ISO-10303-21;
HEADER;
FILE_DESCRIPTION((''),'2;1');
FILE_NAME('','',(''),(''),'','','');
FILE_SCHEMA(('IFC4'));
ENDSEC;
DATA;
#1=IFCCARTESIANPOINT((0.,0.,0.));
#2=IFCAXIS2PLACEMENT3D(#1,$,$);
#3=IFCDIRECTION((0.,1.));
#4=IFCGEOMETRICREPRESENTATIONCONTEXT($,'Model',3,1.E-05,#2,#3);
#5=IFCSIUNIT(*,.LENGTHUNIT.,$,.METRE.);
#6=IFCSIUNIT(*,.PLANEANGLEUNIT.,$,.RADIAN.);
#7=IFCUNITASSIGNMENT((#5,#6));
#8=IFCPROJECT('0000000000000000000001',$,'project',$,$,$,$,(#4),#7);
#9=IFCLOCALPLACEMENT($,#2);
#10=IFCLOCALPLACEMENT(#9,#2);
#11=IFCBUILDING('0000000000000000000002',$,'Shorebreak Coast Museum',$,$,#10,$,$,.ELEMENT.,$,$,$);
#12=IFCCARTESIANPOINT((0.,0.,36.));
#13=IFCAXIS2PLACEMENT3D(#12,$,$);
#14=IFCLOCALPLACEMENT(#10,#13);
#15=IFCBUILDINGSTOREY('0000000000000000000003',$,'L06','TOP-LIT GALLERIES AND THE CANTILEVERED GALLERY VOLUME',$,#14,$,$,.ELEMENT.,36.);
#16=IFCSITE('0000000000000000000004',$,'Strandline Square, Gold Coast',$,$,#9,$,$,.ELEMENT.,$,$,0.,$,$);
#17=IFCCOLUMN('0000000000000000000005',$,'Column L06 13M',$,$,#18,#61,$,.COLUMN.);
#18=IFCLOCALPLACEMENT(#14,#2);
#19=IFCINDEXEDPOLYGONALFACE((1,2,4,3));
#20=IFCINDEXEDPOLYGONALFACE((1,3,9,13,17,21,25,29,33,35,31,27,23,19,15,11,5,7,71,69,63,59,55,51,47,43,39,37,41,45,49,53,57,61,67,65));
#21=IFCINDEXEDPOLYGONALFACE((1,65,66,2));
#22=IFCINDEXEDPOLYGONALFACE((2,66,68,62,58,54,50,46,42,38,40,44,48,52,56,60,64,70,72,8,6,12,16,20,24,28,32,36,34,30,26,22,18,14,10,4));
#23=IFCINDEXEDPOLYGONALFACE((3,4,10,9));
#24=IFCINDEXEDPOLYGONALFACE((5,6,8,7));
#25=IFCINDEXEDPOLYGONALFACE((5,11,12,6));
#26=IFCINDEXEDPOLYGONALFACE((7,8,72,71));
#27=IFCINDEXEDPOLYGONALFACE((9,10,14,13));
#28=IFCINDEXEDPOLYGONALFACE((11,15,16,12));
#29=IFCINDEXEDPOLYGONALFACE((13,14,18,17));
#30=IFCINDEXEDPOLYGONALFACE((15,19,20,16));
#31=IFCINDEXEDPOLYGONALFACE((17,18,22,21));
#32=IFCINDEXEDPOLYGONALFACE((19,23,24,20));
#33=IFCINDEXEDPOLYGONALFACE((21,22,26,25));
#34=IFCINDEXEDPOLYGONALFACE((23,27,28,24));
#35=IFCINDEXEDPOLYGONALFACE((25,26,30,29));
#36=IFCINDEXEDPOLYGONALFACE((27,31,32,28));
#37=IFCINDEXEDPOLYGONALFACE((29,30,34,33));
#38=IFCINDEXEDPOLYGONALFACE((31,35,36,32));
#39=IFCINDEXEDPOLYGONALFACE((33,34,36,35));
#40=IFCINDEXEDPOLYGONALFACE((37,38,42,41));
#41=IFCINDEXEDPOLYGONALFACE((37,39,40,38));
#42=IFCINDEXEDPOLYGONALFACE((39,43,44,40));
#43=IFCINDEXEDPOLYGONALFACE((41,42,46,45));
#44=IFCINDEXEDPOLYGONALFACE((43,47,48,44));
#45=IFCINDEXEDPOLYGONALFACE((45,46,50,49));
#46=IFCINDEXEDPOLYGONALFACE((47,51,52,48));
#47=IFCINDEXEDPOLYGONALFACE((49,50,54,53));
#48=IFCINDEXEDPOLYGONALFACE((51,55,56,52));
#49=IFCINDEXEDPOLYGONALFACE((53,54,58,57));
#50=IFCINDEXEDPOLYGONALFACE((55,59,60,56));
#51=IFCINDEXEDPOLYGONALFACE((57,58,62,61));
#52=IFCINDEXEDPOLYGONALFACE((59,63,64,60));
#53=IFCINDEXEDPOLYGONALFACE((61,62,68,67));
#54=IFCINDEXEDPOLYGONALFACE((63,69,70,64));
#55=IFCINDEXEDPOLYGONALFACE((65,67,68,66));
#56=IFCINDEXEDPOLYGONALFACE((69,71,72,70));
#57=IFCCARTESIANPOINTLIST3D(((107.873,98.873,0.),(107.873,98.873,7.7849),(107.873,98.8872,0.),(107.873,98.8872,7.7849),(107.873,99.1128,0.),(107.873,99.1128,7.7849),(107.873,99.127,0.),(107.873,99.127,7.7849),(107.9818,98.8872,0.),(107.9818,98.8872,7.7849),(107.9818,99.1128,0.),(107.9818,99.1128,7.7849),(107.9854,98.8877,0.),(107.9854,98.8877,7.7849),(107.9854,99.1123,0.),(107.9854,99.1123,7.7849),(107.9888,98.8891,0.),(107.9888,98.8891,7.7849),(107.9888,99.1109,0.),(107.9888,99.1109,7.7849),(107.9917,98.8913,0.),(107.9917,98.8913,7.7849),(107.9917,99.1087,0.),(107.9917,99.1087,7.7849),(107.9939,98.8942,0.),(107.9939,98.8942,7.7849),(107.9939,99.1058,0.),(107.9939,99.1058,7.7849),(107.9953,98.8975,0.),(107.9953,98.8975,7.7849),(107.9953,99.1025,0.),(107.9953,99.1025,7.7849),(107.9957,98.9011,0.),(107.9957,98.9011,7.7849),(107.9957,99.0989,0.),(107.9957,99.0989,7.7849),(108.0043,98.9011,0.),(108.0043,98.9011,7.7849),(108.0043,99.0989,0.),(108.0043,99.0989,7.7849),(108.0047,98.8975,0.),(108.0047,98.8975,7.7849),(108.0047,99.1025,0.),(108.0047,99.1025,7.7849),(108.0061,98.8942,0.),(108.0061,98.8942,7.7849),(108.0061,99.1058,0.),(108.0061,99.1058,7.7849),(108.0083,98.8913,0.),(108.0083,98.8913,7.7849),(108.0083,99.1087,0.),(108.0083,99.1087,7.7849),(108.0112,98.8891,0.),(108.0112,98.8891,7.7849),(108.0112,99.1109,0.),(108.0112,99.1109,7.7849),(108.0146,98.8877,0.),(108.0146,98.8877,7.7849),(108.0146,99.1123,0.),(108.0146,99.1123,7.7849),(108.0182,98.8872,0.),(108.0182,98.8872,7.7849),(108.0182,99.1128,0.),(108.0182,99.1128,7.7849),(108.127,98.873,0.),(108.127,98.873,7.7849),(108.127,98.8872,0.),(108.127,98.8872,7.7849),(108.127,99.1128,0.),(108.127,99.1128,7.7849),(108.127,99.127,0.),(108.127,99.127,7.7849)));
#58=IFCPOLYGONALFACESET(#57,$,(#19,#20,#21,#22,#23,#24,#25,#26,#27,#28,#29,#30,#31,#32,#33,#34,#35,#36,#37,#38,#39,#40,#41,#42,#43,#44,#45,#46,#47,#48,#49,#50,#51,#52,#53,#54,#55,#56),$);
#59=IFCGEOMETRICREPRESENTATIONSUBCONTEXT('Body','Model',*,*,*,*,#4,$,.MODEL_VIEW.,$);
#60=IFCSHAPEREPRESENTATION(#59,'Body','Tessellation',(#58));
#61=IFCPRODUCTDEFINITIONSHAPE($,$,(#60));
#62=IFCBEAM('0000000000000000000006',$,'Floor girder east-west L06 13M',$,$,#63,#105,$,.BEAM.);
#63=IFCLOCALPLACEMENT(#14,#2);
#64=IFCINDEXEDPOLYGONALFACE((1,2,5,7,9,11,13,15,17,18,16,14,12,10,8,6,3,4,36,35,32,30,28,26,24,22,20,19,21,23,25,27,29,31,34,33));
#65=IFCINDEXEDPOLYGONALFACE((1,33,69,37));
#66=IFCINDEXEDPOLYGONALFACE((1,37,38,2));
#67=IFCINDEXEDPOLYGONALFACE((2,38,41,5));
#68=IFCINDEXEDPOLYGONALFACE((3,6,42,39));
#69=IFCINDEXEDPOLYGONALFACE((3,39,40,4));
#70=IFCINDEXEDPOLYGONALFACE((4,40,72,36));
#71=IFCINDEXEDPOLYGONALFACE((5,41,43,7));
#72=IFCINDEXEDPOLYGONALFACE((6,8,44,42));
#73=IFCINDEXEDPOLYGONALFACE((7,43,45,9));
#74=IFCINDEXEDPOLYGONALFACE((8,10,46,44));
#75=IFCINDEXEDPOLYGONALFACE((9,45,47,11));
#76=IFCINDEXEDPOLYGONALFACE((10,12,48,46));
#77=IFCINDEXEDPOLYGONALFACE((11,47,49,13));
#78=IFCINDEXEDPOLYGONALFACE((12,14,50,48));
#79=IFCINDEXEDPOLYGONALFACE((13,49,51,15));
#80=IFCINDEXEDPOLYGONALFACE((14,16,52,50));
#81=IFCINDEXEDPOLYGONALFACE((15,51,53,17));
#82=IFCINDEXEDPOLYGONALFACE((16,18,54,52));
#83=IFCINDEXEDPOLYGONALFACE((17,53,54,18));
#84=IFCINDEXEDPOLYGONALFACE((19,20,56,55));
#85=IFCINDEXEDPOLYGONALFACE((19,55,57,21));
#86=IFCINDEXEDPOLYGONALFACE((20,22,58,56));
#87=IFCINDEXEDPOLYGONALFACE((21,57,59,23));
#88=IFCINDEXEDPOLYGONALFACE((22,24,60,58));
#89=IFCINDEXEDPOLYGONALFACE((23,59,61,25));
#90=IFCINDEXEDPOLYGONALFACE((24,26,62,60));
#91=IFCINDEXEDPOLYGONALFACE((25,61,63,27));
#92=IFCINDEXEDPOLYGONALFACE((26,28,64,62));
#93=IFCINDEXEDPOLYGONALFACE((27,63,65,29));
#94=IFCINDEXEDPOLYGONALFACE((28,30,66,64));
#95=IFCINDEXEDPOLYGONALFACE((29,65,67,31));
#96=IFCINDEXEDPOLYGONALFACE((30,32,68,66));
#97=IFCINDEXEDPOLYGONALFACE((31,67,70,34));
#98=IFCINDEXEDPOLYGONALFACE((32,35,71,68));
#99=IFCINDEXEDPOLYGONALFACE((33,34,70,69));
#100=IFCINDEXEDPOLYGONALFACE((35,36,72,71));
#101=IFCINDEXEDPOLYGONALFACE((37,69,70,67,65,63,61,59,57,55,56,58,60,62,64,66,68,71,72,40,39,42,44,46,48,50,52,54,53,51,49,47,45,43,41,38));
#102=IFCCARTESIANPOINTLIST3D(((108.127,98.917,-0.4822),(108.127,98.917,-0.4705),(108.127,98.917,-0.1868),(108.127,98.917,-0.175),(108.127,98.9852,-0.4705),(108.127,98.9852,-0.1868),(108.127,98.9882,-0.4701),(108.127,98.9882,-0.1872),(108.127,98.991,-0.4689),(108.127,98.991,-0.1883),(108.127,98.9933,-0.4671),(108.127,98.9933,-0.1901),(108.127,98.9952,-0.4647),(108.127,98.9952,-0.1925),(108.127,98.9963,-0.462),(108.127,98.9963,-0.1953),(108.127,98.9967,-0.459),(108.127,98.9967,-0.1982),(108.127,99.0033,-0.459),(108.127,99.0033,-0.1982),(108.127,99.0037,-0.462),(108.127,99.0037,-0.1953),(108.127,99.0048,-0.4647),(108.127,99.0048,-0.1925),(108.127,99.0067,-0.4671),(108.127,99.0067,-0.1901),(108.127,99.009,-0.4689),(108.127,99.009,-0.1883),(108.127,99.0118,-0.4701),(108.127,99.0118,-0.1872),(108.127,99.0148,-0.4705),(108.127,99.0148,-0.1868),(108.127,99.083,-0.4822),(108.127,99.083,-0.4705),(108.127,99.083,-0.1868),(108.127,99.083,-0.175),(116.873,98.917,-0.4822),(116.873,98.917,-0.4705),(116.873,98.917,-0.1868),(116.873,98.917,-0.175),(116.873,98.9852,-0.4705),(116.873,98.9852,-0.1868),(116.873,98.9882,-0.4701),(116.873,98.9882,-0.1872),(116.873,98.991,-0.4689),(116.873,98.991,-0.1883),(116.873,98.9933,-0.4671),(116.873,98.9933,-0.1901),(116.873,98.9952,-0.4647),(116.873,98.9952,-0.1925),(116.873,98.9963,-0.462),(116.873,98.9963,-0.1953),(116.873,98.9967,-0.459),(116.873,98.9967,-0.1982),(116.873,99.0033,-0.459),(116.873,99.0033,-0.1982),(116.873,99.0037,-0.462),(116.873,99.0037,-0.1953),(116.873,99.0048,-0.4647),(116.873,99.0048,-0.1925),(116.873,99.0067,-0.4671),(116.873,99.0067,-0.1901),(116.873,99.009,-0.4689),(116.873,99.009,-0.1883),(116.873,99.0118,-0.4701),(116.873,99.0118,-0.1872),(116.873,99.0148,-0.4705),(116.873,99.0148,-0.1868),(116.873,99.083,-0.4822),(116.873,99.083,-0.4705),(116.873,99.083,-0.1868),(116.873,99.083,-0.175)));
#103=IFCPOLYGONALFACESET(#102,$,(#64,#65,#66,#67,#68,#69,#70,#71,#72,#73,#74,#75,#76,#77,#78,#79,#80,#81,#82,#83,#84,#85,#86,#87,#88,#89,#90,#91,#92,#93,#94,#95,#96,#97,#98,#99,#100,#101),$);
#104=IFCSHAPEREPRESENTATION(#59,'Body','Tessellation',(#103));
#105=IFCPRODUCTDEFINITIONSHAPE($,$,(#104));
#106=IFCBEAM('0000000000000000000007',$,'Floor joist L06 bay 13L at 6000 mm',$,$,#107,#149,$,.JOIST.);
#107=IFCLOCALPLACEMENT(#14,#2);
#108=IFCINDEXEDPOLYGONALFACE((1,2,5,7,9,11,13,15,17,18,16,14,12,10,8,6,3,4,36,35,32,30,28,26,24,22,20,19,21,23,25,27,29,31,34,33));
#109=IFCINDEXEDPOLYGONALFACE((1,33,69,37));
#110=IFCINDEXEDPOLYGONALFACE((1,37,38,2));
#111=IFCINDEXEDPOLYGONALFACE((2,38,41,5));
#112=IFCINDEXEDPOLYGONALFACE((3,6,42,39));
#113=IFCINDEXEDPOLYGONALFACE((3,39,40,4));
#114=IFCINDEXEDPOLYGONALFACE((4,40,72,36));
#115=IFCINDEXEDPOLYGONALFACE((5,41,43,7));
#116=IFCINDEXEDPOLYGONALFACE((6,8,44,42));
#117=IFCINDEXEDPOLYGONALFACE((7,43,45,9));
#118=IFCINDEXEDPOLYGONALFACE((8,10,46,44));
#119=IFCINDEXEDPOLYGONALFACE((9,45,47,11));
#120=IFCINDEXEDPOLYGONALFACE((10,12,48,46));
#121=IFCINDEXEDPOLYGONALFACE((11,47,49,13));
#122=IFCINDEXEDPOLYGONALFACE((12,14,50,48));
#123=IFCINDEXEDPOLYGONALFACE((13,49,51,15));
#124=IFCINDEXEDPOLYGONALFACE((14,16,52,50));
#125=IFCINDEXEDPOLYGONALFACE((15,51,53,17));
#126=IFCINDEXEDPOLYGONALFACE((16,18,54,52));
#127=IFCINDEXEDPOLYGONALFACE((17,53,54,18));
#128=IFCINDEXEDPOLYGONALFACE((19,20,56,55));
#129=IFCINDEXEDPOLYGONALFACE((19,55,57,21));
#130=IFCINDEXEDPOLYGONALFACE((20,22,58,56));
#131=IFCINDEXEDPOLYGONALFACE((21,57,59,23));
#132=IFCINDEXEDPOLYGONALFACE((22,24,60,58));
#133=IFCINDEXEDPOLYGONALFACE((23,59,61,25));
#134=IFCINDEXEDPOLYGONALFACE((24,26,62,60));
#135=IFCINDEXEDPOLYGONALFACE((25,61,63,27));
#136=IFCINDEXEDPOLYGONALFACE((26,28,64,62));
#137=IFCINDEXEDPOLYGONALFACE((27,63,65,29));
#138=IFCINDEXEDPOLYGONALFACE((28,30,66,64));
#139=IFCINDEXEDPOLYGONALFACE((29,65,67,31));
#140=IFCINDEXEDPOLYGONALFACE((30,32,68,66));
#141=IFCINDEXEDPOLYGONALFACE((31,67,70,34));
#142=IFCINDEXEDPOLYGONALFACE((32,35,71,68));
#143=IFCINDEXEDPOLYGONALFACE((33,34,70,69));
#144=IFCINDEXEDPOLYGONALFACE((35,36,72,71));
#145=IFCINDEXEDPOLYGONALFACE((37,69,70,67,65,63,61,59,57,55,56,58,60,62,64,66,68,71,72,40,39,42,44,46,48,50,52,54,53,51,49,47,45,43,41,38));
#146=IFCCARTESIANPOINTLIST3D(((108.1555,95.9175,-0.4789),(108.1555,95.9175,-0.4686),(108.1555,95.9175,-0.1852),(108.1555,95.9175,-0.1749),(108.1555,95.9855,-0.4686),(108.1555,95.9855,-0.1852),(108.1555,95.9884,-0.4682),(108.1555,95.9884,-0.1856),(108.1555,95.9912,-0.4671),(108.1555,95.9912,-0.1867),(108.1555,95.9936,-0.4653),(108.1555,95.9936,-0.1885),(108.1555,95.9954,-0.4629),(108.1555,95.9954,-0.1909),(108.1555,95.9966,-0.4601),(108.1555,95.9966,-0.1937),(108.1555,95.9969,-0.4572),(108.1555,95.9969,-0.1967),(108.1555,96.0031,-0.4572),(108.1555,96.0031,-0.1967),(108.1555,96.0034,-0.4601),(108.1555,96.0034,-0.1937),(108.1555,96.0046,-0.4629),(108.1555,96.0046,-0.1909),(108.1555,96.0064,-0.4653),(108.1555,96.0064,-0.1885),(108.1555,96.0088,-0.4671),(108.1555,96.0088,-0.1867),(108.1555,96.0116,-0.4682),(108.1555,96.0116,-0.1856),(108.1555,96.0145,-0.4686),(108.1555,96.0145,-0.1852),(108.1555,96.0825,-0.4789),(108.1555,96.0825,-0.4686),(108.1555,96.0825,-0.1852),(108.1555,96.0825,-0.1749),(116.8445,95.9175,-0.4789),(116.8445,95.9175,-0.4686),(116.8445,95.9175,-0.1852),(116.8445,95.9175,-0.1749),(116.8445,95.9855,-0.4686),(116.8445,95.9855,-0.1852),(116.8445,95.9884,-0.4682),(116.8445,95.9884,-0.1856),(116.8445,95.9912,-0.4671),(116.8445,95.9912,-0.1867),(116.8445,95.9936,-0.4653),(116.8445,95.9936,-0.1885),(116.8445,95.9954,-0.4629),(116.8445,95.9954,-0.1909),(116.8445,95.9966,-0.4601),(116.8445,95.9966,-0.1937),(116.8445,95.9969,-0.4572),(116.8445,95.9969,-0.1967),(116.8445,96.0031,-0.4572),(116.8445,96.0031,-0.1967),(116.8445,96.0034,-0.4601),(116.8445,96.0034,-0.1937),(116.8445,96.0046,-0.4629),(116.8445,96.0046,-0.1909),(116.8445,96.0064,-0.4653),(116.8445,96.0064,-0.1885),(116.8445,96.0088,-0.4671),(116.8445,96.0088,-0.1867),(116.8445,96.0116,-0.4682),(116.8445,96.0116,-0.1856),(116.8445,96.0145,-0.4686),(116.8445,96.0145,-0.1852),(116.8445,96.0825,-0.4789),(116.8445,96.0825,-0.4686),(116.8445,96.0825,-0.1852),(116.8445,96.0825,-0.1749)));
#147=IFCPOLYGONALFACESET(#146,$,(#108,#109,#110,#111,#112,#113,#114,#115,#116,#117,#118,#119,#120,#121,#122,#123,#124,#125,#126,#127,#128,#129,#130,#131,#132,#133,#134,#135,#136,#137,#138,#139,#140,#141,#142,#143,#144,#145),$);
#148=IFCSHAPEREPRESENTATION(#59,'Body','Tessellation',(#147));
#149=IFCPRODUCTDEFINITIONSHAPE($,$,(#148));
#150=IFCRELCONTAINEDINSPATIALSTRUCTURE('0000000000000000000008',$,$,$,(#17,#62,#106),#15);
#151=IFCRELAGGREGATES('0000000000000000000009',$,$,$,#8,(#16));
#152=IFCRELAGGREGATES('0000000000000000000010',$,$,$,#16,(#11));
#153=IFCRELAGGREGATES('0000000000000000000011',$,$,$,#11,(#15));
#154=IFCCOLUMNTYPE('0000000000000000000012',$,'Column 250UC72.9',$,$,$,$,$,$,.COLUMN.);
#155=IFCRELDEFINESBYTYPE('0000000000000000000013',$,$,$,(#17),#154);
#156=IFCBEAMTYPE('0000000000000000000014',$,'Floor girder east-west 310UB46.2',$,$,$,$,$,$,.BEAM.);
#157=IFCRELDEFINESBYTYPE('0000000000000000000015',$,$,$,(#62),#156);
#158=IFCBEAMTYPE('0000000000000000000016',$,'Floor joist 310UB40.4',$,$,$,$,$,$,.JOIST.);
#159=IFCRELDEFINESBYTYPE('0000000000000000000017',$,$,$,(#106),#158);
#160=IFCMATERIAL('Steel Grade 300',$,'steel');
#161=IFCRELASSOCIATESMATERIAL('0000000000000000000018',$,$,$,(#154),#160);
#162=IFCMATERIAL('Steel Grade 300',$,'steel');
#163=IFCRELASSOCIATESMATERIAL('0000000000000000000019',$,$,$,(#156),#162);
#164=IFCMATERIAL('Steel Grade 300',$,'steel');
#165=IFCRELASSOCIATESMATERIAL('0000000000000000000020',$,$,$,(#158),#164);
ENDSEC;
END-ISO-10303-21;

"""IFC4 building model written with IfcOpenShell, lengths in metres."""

from ifc_helpers import new_model, si_unit, direction, frame, origin, origin_2d, place, context, subcontext, project, spatial, i_section, extrude, material, material_profile, profile_set, type_object, element, save


model = new_model("IFC4")

# Units and contexts
model_context = context("Model", 3, precision=1e-05, world=origin(), true_north=direction((0.0, 1.0)))
body_context = subcontext(model_context, "Body", "Model", "MODEL_VIEW")
ifc_project = project(units=[si_unit("LENGTHUNIT", "METRE"), si_unit("PLANEANGLEUNIT", "RADIAN")], contexts=[model_context])

# Site, building, storey
site_placement = place(None, origin())
site = spatial("IfcSite", under=ifc_project, at=site_placement, Name="Strandline Square, Gold Coast", CompositionType="ELEMENT", RefElevation=0.0)
building_placement = place(site_placement, origin())
building = spatial("IfcBuilding", under=site, at=building_placement, Name="Shorebreak Coast Museum", CompositionType="ELEMENT")
storey_placement = place(building_placement, frame((0.0, 0.0, 36.0)))
storey = spatial("IfcBuildingStorey", under=building, at=storey_placement, Name="L06", Description="TOP-LIT GALLERIES AND THE CANTILEVERED GALLERY VOLUME", CompositionType="ELEMENT", Elevation=36.0)

# Column
ifc_material_1 = material(Name="Steel Grade 300", Category="steel")
ifc_material_profile_1 = material_profile(ifc_material_1, i_section(OverallWidth=0.2539, OverallDepth=0.2539, WebThickness=0.0085, FlangeThickness=0.0142, FilletRadius=0.0139, at=origin_2d()), Name="250UC72.9")
ifc_profile_set_1 = profile_set([ifc_material_profile_1], Name="Steel Grade 300")
column_type = type_object("IfcColumnType", Name="Column 250UC72.9", PredefinedType="COLUMN", material=ifc_profile_set_1)
column_placement = place(storey_placement, frame((108.0, 99.0, 0.0), z_axis=(0.0, 0.0, 1.0), x_axis=(1.0, 0.0, 0.0)))
element("IfcColumn", 1, at=column_placement, inside=storey, type_object=column_type, Name="Column L06 13M", PredefinedType="COLUMN", context=body_context, shape_type="SweptSolid", body=[
    extrude(i_section(OverallWidth=0.2539, OverallDepth=0.2539, WebThickness=0.0085, FlangeThickness=0.0142, FilletRadius=0.0139, at=origin_2d()), origin(), (0.0, 0.0, 1.0), 7.7849),
])

# Beams
ifc_material_2 = material(Name="Steel Grade 300", Category="steel")
ifc_material_profile_2 = material_profile(ifc_material_2, i_section(OverallWidth=0.166, OverallDepth=0.3071, WebThickness=0.0066, FlangeThickness=0.0117, FilletRadius=0.0115, at=origin_2d()), Name="310UB46.2")
ifc_profile_set_2 = profile_set([ifc_material_profile_2], Name="Steel Grade 300")
beam_type_1 = type_object("IfcBeamType", Name="Floor girder east-west 310UB46.2", PredefinedType="BEAM", material=ifc_profile_set_2)
beam_1_placement = place(storey_placement, frame((108.127, 99.0, -0.3286), z_axis=(1.0, 0.0, 0.0), x_axis=(0.0, 1.0, 0.0)))
element("IfcBeam", 2, at=beam_1_placement, inside=storey, type_object=beam_type_1, Name="Floor girder east-west L06 13M", PredefinedType="BEAM", context=body_context, shape_type="SweptSolid", body=[
    extrude(i_section(OverallWidth=0.166, OverallDepth=0.3071, WebThickness=0.0066, FlangeThickness=0.0117, FilletRadius=0.0115, at=origin_2d()), origin(), (0.0, 0.0, 1.0), 8.7461),
])
ifc_material_3 = material(Name="Steel Grade 300", Category="steel")
ifc_material_profile_3 = material_profile(ifc_material_3, i_section(OverallWidth=0.165, OverallDepth=0.304, WebThickness=0.0061, FlangeThickness=0.0103, FilletRadius=0.0115, at=origin_2d()), Name="310UB40.4")
ifc_profile_set_3 = profile_set([ifc_material_profile_3], Name="Steel Grade 300")
beam_type_2 = type_object("IfcBeamType", Name="Floor joist 310UB40.4", PredefinedType="JOIST", material=ifc_profile_set_3)
beam_2_placement = place(storey_placement, frame((108.1555, 96.0, -0.3269), z_axis=(1.0, 0.0, 0.0), x_axis=(0.0, 1.0, 0.0)))
element("IfcBeam", 3, at=beam_2_placement, inside=storey, type_object=beam_type_2, Name="Floor joist L06 bay 13L at 6000 mm", PredefinedType="JOIST", context=body_context, shape_type="SweptSolid", body=[
    extrude(i_section(OverallWidth=0.165, OverallDepth=0.304, WebThickness=0.0061, FlangeThickness=0.0103, FilletRadius=0.0115, at=origin_2d()), origin(), (0.0, 0.0, 1.0), 8.689),
])

save(model, "model.ifc")
